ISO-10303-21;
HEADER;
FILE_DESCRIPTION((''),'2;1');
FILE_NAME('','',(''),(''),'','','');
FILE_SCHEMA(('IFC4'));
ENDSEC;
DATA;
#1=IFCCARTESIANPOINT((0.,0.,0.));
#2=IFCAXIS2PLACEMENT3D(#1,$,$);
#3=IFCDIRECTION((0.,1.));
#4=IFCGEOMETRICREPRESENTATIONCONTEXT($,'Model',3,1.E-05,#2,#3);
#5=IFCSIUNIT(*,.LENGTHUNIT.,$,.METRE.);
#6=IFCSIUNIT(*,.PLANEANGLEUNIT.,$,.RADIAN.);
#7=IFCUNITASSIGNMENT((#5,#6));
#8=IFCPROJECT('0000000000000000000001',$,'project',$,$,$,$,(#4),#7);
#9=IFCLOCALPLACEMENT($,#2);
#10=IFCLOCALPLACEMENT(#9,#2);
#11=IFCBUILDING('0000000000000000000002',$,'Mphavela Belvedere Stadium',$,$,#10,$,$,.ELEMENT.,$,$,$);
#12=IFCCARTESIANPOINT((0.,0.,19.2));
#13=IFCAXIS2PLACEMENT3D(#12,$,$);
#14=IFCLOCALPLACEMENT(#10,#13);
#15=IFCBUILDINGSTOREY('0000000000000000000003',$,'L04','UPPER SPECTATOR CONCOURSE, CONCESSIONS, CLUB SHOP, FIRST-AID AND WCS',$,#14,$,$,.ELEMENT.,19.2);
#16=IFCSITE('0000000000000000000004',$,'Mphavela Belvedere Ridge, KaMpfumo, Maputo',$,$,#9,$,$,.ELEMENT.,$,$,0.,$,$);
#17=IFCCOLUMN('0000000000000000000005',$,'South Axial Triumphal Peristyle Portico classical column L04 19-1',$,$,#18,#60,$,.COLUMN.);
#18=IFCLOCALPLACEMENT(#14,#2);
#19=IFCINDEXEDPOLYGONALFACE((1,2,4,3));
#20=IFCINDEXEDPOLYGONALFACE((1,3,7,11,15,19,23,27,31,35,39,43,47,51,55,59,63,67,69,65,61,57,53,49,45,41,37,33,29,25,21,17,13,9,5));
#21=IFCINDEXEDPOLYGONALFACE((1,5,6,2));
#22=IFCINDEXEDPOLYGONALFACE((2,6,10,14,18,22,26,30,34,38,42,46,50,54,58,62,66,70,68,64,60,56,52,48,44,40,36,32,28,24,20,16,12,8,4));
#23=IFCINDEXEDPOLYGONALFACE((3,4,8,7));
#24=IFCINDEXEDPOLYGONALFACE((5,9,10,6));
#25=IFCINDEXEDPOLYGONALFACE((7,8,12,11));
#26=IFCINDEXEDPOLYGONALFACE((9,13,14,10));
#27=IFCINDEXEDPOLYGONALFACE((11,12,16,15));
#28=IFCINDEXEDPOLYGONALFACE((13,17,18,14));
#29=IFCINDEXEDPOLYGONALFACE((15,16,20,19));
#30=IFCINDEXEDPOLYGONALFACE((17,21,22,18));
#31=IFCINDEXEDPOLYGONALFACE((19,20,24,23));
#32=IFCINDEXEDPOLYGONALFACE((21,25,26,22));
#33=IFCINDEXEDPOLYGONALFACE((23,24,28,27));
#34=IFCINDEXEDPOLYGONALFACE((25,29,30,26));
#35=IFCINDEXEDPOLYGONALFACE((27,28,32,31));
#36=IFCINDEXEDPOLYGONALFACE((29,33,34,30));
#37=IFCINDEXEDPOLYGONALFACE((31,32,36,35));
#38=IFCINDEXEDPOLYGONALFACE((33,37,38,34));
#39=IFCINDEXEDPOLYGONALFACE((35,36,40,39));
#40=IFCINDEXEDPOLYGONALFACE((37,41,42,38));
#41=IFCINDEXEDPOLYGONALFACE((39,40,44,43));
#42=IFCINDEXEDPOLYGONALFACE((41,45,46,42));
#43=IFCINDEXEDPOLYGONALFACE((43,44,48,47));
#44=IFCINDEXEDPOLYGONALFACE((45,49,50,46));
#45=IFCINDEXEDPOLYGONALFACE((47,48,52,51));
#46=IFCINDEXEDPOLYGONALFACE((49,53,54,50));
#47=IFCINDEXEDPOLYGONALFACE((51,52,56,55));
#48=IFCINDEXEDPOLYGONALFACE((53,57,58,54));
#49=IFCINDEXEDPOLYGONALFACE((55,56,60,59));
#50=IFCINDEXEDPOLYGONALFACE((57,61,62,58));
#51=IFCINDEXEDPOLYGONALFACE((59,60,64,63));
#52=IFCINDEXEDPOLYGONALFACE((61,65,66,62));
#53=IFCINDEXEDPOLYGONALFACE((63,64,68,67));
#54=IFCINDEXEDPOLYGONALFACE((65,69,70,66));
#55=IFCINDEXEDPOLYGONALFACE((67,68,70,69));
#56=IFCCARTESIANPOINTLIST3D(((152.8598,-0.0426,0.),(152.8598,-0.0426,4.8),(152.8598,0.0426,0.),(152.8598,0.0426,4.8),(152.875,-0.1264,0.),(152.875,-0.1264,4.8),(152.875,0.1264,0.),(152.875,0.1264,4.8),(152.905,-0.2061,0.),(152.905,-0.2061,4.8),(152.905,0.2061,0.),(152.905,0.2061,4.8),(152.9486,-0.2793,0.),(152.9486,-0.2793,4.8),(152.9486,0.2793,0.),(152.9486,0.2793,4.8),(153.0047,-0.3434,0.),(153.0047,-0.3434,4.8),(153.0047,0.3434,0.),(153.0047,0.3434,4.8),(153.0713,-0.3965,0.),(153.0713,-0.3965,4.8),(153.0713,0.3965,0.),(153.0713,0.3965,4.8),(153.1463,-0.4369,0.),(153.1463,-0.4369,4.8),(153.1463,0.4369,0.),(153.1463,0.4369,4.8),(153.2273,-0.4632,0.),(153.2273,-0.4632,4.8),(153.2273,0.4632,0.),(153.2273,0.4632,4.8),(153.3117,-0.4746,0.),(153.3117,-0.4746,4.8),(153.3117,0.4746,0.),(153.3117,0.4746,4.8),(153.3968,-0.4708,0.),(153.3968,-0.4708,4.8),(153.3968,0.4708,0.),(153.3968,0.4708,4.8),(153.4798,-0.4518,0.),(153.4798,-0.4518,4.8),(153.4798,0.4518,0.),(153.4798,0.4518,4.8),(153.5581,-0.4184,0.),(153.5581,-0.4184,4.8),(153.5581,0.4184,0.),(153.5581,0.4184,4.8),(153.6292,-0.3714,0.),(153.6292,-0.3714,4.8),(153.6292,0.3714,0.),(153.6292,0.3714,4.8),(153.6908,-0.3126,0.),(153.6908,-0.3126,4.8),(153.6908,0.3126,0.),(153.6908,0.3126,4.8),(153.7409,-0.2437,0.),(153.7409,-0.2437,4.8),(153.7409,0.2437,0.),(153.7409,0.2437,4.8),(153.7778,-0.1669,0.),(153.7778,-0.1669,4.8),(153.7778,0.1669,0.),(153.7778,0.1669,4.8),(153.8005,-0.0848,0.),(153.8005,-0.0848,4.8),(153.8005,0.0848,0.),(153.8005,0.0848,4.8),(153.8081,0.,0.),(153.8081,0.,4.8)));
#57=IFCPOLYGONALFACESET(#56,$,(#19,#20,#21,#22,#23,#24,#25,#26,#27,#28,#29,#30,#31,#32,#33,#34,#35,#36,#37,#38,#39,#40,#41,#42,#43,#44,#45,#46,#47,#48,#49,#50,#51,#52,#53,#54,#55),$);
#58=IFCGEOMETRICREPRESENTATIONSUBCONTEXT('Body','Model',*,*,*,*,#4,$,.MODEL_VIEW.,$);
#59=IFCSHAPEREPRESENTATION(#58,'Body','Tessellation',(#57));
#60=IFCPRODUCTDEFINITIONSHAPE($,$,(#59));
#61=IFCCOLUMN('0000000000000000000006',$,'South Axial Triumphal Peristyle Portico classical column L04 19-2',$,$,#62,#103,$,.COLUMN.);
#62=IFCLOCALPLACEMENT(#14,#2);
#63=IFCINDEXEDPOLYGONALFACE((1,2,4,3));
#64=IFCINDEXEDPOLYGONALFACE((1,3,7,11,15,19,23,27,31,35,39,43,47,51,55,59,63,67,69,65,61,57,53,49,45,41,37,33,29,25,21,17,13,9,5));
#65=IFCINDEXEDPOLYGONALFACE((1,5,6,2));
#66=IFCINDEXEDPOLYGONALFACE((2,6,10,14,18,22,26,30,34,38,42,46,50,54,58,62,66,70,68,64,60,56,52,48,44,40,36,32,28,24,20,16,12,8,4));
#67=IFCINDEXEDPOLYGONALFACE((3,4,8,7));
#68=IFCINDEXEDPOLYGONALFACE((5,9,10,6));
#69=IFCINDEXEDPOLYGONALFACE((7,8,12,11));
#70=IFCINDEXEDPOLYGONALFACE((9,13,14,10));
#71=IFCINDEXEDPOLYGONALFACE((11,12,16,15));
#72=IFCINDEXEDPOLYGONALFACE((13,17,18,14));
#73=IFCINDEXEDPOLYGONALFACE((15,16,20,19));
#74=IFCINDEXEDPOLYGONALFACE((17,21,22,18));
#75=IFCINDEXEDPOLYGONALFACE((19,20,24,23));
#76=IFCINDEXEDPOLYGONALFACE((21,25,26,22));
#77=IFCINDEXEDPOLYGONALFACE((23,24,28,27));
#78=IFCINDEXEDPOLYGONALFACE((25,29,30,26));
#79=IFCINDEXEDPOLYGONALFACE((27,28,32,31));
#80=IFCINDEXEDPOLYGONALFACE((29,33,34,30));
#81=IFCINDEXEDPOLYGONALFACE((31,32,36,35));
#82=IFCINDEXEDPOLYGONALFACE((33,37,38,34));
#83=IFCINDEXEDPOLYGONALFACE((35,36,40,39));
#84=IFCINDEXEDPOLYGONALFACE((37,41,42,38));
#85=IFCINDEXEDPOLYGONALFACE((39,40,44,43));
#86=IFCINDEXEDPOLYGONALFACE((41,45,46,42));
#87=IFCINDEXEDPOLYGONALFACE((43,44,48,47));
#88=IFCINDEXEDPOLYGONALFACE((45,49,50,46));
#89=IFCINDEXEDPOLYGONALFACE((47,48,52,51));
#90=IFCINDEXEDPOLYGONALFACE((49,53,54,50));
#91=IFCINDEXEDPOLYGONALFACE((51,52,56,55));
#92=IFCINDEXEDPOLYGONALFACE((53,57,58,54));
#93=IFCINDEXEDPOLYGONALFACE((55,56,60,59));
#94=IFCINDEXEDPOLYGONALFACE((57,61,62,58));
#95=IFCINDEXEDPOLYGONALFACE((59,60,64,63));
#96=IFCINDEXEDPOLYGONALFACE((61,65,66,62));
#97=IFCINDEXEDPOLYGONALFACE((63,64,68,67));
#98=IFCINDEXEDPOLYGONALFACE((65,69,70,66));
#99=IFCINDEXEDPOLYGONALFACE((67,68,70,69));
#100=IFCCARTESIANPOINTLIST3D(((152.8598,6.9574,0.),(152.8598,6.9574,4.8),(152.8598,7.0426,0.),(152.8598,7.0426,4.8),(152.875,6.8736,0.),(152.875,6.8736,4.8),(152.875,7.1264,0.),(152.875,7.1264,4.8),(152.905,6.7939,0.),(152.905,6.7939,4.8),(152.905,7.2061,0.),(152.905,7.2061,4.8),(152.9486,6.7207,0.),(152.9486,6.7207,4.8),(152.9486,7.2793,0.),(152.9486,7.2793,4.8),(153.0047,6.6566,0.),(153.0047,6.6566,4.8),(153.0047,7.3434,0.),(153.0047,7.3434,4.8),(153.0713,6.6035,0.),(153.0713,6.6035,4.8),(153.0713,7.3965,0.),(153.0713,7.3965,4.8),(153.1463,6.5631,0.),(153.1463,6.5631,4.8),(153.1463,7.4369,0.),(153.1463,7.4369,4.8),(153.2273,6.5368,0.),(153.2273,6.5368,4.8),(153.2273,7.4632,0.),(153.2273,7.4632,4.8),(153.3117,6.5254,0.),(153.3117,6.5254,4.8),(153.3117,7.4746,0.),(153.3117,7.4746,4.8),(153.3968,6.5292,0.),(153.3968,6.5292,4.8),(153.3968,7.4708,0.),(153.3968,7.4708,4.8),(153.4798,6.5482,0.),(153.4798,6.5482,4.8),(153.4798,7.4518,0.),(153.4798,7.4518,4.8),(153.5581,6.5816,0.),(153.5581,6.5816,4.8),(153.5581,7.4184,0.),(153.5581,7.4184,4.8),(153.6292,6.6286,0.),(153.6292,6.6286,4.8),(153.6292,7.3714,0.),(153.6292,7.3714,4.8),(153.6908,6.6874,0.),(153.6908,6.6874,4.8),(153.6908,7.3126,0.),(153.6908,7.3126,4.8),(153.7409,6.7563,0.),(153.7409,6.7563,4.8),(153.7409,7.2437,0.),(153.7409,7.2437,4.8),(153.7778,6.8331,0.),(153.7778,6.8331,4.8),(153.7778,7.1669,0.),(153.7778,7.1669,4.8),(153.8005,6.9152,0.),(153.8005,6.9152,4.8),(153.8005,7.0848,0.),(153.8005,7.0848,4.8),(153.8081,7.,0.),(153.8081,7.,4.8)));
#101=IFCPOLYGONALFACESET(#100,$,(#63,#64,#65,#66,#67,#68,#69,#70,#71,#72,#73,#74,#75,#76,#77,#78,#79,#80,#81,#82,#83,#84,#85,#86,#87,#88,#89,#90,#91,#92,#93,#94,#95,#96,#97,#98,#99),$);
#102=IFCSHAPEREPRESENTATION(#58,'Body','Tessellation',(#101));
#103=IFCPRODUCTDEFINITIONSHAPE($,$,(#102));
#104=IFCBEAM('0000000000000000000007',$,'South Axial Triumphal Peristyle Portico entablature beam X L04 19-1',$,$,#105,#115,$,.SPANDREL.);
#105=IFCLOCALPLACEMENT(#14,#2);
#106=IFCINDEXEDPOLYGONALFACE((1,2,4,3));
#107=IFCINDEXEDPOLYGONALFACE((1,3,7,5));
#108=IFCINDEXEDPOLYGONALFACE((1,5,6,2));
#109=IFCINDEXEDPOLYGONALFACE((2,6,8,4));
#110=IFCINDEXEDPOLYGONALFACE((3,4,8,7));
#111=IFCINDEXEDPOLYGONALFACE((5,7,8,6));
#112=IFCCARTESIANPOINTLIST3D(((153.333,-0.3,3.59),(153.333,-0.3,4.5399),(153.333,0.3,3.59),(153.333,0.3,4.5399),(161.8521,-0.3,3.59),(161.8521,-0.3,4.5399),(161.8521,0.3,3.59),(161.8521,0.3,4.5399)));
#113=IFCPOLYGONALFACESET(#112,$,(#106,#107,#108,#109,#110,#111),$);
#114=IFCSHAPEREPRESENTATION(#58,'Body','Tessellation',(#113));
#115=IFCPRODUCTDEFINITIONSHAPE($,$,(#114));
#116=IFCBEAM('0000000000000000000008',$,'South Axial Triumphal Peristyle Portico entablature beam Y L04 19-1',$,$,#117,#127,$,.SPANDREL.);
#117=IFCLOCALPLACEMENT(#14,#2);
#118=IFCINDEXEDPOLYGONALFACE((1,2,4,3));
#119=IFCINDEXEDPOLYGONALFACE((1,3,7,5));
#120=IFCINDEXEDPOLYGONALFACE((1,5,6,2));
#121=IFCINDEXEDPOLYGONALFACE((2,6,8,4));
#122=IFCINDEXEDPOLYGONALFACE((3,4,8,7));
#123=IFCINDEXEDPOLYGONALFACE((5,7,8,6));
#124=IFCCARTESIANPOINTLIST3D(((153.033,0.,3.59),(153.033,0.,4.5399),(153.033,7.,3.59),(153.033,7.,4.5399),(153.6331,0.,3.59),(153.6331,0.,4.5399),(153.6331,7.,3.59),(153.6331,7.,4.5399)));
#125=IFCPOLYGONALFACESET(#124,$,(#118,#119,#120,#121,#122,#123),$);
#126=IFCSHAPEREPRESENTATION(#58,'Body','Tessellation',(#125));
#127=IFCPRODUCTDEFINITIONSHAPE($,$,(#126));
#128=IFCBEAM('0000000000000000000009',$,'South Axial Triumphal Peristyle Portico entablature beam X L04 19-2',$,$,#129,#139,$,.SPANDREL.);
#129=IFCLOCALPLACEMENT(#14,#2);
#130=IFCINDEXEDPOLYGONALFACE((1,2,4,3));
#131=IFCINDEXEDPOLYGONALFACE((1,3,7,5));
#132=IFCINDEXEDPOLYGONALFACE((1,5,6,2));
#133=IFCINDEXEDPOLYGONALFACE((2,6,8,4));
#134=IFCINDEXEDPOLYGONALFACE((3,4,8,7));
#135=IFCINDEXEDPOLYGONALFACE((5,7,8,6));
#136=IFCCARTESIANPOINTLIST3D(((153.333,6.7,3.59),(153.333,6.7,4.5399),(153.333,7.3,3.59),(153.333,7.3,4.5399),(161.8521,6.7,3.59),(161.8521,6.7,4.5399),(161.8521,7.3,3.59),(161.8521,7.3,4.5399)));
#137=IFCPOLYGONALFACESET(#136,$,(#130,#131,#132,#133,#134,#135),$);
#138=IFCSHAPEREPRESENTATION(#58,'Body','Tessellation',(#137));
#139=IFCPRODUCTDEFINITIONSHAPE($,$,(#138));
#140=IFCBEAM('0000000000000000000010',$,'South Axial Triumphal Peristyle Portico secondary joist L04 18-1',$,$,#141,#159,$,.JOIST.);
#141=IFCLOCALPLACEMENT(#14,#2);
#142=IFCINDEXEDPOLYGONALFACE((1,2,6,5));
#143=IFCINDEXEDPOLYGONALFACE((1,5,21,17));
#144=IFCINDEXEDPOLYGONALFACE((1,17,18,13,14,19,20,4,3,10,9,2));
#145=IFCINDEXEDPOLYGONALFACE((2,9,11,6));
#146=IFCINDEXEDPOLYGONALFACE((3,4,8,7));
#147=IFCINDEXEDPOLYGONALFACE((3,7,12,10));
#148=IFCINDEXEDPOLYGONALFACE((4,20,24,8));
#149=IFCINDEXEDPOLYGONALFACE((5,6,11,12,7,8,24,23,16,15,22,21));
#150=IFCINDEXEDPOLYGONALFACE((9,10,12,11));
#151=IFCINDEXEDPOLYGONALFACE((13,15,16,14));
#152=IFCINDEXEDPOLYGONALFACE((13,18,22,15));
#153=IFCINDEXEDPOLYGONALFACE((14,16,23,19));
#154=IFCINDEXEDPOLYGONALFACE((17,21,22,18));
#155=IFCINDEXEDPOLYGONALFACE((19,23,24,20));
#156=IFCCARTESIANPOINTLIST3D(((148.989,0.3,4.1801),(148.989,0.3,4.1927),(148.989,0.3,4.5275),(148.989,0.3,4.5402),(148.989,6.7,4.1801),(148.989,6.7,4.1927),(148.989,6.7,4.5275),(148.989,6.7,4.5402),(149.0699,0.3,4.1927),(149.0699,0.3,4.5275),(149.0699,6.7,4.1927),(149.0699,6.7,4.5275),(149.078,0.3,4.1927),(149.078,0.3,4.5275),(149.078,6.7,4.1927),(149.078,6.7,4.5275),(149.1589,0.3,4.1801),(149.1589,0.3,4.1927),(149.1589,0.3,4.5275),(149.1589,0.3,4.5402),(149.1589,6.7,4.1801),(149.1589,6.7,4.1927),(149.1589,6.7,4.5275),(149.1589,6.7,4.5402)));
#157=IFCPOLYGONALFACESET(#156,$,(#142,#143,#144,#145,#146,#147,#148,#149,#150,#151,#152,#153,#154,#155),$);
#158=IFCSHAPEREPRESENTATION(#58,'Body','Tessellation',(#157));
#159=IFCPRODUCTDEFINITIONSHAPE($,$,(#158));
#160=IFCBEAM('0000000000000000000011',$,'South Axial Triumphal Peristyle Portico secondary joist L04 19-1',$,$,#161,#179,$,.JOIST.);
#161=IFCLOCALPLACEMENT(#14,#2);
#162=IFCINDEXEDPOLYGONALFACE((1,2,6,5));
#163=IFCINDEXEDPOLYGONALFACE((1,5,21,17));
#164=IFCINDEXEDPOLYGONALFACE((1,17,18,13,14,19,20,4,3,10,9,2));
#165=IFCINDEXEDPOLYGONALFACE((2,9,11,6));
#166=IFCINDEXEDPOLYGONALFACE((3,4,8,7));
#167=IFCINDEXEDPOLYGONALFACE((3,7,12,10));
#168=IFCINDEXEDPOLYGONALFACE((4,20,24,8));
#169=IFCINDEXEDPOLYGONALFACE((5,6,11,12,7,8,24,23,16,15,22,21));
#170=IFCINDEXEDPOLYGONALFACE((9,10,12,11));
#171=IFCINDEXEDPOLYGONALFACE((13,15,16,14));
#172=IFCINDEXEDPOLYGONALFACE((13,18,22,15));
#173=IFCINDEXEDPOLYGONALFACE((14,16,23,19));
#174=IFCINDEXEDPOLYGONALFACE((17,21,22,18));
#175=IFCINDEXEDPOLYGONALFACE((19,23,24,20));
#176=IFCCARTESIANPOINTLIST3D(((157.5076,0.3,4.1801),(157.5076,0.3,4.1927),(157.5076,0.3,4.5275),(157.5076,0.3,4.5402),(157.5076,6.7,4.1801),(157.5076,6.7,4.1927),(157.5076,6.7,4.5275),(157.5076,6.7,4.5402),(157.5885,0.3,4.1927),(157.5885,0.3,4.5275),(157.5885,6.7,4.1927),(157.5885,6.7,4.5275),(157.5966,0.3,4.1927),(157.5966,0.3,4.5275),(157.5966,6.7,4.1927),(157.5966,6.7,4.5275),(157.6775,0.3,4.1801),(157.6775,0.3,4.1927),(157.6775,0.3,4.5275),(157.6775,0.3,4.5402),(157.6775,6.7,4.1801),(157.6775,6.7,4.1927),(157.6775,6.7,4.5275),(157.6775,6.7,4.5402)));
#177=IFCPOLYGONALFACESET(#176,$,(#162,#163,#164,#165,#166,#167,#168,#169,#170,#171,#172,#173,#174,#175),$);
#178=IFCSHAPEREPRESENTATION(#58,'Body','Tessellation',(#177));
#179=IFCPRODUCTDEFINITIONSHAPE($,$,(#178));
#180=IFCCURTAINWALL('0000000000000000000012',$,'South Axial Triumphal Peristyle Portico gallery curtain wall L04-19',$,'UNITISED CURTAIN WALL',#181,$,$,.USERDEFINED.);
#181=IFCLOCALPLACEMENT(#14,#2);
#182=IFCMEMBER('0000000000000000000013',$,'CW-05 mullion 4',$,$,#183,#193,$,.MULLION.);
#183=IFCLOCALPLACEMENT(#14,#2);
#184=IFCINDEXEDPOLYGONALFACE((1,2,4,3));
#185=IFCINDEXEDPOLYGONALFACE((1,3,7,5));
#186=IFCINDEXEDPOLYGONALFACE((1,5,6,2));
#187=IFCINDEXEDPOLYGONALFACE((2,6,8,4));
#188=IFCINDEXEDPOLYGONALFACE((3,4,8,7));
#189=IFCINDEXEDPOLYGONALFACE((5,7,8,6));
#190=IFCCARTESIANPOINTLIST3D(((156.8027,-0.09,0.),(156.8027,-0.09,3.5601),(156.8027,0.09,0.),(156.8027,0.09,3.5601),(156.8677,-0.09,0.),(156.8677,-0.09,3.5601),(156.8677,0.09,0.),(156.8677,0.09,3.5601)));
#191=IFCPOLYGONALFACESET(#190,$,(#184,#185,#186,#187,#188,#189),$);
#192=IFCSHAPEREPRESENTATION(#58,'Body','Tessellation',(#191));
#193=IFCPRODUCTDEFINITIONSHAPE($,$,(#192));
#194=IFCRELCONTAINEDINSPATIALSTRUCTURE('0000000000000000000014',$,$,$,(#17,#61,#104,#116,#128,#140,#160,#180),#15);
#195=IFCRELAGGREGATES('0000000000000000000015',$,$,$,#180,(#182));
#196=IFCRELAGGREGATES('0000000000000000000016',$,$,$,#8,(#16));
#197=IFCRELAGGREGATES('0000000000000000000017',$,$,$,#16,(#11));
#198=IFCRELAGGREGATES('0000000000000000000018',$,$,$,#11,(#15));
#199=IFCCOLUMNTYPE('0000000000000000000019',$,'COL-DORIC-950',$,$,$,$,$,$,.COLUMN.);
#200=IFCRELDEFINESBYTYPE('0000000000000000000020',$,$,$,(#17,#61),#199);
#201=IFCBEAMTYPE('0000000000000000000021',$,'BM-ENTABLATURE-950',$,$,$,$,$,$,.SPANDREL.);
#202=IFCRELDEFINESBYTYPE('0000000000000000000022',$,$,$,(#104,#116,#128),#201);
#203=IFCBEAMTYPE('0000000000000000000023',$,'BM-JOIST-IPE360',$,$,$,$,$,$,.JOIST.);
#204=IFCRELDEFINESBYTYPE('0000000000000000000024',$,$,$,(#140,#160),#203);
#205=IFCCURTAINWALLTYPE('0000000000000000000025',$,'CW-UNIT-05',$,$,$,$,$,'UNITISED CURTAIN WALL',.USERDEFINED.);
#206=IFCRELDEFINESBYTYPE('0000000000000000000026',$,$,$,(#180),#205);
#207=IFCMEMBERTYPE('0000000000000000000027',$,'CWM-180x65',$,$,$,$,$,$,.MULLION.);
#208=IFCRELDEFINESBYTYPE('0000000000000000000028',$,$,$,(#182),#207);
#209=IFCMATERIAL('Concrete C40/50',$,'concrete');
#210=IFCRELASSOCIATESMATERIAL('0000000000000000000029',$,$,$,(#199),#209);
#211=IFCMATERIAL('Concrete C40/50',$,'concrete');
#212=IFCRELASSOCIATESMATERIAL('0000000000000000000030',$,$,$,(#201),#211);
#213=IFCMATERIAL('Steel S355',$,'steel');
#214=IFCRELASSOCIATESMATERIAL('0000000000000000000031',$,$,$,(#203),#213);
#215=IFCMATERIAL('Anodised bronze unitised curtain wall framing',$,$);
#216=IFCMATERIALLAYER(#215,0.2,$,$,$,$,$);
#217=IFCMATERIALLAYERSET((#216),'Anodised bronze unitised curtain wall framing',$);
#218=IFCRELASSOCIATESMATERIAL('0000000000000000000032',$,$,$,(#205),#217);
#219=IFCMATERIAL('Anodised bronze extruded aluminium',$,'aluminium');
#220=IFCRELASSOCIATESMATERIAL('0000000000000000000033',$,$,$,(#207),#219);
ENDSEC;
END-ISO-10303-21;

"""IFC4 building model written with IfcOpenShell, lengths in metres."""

from ifc_helpers import new_model, si_unit, direction, frame, origin, origin_2d, place, context, subcontext, project, spatial, rectangle, circle, i_section, extrude, material, layer, layer_set, material_profile, profile_set, type_object, element, aggregate, save


model = new_model("IFC4")

# Units and contexts
model_context = context("Model", 3, precision=1e-05, world=origin(), true_north=direction((0.0, 1.0)))
body_context = subcontext(model_context, "Body", "Model", "MODEL_VIEW")
ifc_project = project(units=[si_unit("LENGTHUNIT", "METRE"), si_unit("PLANEANGLEUNIT", "RADIAN")], contexts=[model_context])

# Site, building, storey
site_placement = place(None, origin())
site = spatial("IfcSite", under=ifc_project, at=site_placement, Name="Mphavela Belvedere Ridge, KaMpfumo, Maputo", CompositionType="ELEMENT", RefElevation=0.0)
building_placement = place(site_placement, origin())
building = spatial("IfcBuilding", under=site, at=building_placement, Name="Mphavela Belvedere Stadium", CompositionType="ELEMENT")
storey_placement = place(building_placement, frame((0.0, 0.0, 19.2)))
storey = spatial("IfcBuildingStorey", under=building, at=storey_placement, Name="L04", Description="UPPER SPECTATOR CONCOURSE, CONCESSIONS, CLUB SHOP, FIRST-AID AND WCS", CompositionType="ELEMENT", Elevation=19.2)

# Columns
ifc_material_1 = material(Name="Concrete C40/50", Category="concrete")
ifc_material_profile_1 = material_profile(ifc_material_1, circle(Radius=0.4751, at=origin_2d()), Name="COL D950")
ifc_profile_set_1 = profile_set([ifc_material_profile_1], Name="Concrete C40/50")
column_type = type_object("IfcColumnType", Name="COL-DORIC-950", PredefinedType="COLUMN", material=ifc_profile_set_1)
for number, where, z_axis, x_axis, name in (
    (1, (153.333, 0.0, 0.0), (0.0, 0.0, 1.0), (1.0, 0.0, 0.0), "South Axial Triumphal Peristyle Portico classical column L04 19-1"),
    (2, (153.333, 7.0, 0.0), (0.0, 0.0, 1.0), (1.0, 0.0, 0.0), "South Axial Triumphal Peristyle Portico classical column L04 19-2"),
):
    element("IfcColumn", number, at=place(storey_placement, frame(where, z_axis=z_axis, x_axis=x_axis)), inside=storey, type_object=column_type, Name=name, PredefinedType="COLUMN", context=body_context, shape_type="SweptSolid", body=[
        extrude(circle(Radius=0.4751, at=origin_2d()), origin(), (0.0, 0.0, 1.0), 4.8),
    ])

# Beams
ifc_material_2 = material(Name="Concrete C40/50", Category="concrete")
ifc_material_profile_2 = material_profile(ifc_material_2, rectangle(XDim=0.6001, YDim=0.95, at=origin_2d()), Name="RC 600x950")
ifc_profile_set_2 = profile_set([ifc_material_profile_2], Name="Concrete C40/50")
beam_type_1 = type_object("IfcBeamType", Name="BM-ENTABLATURE-950", PredefinedType="SPANDREL", material=ifc_profile_set_2)
beam_1_placement = place(storey_placement, frame((153.333, 0.0, 4.0649), z_axis=(1.0, 0.0, 0.0), x_axis=(0.0, 1.0, 0.0)))
element("IfcBeam", 3, at=beam_1_placement, inside=storey, type_object=beam_type_1, Name="South Axial Triumphal Peristyle Portico entablature beam X L04 19-1", PredefinedType="SPANDREL", context=body_context, shape_type="SweptSolid", body=[
    extrude(rectangle(XDim=0.6001, YDim=0.95, at=origin_2d()), origin(), (0.0, 0.0, 1.0), 8.519),
])
beam_2_placement = place(storey_placement, frame((153.333, 0.0, 4.0649), z_axis=(0.0, 1.0, 0.0), x_axis=(-1.0, 0.0, 0.0)))
element("IfcBeam", 4, at=beam_2_placement, inside=storey, type_object=beam_type_1, Name="South Axial Triumphal Peristyle Portico entablature beam Y L04 19-1", PredefinedType="SPANDREL", context=body_context, shape_type="SweptSolid", body=[
    extrude(rectangle(XDim=0.6001, YDim=0.95, at=origin_2d()), origin(), (0.0, 0.0, 1.0), 7.0),
])
beam_3_placement = place(storey_placement, frame((153.333, 7.0, 4.0649), z_axis=(1.0, 0.0, 0.0), x_axis=(0.0, 1.0, 0.0)))
element("IfcBeam", 5, at=beam_3_placement, inside=storey, type_object=beam_type_1, Name="South Axial Triumphal Peristyle Portico entablature beam X L04 19-2", PredefinedType="SPANDREL", context=body_context, shape_type="SweptSolid", body=[
    extrude(rectangle(XDim=0.6001, YDim=0.95, at=origin_2d()), origin(), (0.0, 0.0, 1.0), 8.519),
])
ifc_material_3 = material(Name="Steel S355", Category="steel")
ifc_material_profile_3 = material_profile(ifc_material_3, i_section(OverallWidth=0.1699, OverallDepth=0.3601, WebThickness=0.0081, FlangeThickness=0.0127, at=origin_2d()), Name="IPE 360")
ifc_profile_set_3 = profile_set([ifc_material_profile_3], Name="Steel S355")
beam_type_2 = type_object("IfcBeamType", Name="BM-JOIST-IPE360", PredefinedType="JOIST", material=ifc_profile_set_3)
for number, where, z_axis, x_axis, name in (
    (6, (149.074, 0.3, 4.3601), (0.0, 1.0, 0.0), (-1.0, 0.0, 0.0), "South Axial Triumphal Peristyle Portico secondary joist L04 18-1"),
    (7, (157.5925, 0.3, 4.3601), (0.0, 1.0, 0.0), (-1.0, 0.0, 0.0), "South Axial Triumphal Peristyle Portico secondary joist L04 19-1"),
):
    element("IfcBeam", number, at=place(storey_placement, frame(where, z_axis=z_axis, x_axis=x_axis)), inside=storey, type_object=beam_type_2, Name=name, PredefinedType="JOIST", context=body_context, shape_type="SweptSolid", body=[
        extrude(i_section(OverallWidth=0.1699, OverallDepth=0.3601, WebThickness=0.0081, FlangeThickness=0.0127, at=origin_2d()), origin(), (0.0, 0.0, 1.0), 6.3999),
    ])

# Curtain wall, member
ifc_material_4 = material(Name="Anodised bronze unitised curtain wall framing")
ifc_layer_1 = layer(ifc_material_4, 0.2)
ifc_layer_set_1 = layer_set([ifc_layer_1], Name="Anodised bronze unitised curtain wall framing")
curtain_wall_type = type_object("IfcCurtainWallType", Name="CW-UNIT-05", ElementType="UNITISED CURTAIN WALL", PredefinedType="USERDEFINED", material=ifc_layer_set_1)
curtain_wall_placement = place(storey_placement, origin())
curtain_wall = element("IfcCurtainWall", 8, at=curtain_wall_placement, inside=storey, type_object=curtain_wall_type, Name="South Axial Triumphal Peristyle Portico gallery curtain wall L04-19", ObjectType="UNITISED CURTAIN WALL", PredefinedType="USERDEFINED")
ifc_material_5 = material(Name="Anodised bronze extruded aluminium", Category="aluminium")
ifc_material_profile_4 = material_profile(ifc_material_5, rectangle(XDim=0.1799, YDim=0.0649, at=origin_2d()), Name="CW-MUL 180x65")
ifc_profile_set_4 = profile_set([ifc_material_profile_4], Name="Anodised bronze extruded aluminium")
member_type_1 = type_object("IfcMemberType", Name="CWM-180x65", PredefinedType="MULLION", material=ifc_profile_set_4)
member_1_placement = place(storey_placement, frame((156.8352, 0.0, 0.0), z_axis=(0.0, 0.0, 1.0), x_axis=(0.0, -1.0, 0.0)))
member_1 = element("IfcMember", 9, at=member_1_placement, type_object=member_type_1, Name="CW-05 mullion 4", PredefinedType="MULLION", context=body_context, shape_type="SweptSolid", body=[
    extrude(rectangle(XDim=0.1799, YDim=0.0649, at=origin_2d()), origin(), (0.0, 0.0, 1.0), 3.5601),
])
aggregate(curtain_wall, [member_1])

save(model, "model.ifc")
